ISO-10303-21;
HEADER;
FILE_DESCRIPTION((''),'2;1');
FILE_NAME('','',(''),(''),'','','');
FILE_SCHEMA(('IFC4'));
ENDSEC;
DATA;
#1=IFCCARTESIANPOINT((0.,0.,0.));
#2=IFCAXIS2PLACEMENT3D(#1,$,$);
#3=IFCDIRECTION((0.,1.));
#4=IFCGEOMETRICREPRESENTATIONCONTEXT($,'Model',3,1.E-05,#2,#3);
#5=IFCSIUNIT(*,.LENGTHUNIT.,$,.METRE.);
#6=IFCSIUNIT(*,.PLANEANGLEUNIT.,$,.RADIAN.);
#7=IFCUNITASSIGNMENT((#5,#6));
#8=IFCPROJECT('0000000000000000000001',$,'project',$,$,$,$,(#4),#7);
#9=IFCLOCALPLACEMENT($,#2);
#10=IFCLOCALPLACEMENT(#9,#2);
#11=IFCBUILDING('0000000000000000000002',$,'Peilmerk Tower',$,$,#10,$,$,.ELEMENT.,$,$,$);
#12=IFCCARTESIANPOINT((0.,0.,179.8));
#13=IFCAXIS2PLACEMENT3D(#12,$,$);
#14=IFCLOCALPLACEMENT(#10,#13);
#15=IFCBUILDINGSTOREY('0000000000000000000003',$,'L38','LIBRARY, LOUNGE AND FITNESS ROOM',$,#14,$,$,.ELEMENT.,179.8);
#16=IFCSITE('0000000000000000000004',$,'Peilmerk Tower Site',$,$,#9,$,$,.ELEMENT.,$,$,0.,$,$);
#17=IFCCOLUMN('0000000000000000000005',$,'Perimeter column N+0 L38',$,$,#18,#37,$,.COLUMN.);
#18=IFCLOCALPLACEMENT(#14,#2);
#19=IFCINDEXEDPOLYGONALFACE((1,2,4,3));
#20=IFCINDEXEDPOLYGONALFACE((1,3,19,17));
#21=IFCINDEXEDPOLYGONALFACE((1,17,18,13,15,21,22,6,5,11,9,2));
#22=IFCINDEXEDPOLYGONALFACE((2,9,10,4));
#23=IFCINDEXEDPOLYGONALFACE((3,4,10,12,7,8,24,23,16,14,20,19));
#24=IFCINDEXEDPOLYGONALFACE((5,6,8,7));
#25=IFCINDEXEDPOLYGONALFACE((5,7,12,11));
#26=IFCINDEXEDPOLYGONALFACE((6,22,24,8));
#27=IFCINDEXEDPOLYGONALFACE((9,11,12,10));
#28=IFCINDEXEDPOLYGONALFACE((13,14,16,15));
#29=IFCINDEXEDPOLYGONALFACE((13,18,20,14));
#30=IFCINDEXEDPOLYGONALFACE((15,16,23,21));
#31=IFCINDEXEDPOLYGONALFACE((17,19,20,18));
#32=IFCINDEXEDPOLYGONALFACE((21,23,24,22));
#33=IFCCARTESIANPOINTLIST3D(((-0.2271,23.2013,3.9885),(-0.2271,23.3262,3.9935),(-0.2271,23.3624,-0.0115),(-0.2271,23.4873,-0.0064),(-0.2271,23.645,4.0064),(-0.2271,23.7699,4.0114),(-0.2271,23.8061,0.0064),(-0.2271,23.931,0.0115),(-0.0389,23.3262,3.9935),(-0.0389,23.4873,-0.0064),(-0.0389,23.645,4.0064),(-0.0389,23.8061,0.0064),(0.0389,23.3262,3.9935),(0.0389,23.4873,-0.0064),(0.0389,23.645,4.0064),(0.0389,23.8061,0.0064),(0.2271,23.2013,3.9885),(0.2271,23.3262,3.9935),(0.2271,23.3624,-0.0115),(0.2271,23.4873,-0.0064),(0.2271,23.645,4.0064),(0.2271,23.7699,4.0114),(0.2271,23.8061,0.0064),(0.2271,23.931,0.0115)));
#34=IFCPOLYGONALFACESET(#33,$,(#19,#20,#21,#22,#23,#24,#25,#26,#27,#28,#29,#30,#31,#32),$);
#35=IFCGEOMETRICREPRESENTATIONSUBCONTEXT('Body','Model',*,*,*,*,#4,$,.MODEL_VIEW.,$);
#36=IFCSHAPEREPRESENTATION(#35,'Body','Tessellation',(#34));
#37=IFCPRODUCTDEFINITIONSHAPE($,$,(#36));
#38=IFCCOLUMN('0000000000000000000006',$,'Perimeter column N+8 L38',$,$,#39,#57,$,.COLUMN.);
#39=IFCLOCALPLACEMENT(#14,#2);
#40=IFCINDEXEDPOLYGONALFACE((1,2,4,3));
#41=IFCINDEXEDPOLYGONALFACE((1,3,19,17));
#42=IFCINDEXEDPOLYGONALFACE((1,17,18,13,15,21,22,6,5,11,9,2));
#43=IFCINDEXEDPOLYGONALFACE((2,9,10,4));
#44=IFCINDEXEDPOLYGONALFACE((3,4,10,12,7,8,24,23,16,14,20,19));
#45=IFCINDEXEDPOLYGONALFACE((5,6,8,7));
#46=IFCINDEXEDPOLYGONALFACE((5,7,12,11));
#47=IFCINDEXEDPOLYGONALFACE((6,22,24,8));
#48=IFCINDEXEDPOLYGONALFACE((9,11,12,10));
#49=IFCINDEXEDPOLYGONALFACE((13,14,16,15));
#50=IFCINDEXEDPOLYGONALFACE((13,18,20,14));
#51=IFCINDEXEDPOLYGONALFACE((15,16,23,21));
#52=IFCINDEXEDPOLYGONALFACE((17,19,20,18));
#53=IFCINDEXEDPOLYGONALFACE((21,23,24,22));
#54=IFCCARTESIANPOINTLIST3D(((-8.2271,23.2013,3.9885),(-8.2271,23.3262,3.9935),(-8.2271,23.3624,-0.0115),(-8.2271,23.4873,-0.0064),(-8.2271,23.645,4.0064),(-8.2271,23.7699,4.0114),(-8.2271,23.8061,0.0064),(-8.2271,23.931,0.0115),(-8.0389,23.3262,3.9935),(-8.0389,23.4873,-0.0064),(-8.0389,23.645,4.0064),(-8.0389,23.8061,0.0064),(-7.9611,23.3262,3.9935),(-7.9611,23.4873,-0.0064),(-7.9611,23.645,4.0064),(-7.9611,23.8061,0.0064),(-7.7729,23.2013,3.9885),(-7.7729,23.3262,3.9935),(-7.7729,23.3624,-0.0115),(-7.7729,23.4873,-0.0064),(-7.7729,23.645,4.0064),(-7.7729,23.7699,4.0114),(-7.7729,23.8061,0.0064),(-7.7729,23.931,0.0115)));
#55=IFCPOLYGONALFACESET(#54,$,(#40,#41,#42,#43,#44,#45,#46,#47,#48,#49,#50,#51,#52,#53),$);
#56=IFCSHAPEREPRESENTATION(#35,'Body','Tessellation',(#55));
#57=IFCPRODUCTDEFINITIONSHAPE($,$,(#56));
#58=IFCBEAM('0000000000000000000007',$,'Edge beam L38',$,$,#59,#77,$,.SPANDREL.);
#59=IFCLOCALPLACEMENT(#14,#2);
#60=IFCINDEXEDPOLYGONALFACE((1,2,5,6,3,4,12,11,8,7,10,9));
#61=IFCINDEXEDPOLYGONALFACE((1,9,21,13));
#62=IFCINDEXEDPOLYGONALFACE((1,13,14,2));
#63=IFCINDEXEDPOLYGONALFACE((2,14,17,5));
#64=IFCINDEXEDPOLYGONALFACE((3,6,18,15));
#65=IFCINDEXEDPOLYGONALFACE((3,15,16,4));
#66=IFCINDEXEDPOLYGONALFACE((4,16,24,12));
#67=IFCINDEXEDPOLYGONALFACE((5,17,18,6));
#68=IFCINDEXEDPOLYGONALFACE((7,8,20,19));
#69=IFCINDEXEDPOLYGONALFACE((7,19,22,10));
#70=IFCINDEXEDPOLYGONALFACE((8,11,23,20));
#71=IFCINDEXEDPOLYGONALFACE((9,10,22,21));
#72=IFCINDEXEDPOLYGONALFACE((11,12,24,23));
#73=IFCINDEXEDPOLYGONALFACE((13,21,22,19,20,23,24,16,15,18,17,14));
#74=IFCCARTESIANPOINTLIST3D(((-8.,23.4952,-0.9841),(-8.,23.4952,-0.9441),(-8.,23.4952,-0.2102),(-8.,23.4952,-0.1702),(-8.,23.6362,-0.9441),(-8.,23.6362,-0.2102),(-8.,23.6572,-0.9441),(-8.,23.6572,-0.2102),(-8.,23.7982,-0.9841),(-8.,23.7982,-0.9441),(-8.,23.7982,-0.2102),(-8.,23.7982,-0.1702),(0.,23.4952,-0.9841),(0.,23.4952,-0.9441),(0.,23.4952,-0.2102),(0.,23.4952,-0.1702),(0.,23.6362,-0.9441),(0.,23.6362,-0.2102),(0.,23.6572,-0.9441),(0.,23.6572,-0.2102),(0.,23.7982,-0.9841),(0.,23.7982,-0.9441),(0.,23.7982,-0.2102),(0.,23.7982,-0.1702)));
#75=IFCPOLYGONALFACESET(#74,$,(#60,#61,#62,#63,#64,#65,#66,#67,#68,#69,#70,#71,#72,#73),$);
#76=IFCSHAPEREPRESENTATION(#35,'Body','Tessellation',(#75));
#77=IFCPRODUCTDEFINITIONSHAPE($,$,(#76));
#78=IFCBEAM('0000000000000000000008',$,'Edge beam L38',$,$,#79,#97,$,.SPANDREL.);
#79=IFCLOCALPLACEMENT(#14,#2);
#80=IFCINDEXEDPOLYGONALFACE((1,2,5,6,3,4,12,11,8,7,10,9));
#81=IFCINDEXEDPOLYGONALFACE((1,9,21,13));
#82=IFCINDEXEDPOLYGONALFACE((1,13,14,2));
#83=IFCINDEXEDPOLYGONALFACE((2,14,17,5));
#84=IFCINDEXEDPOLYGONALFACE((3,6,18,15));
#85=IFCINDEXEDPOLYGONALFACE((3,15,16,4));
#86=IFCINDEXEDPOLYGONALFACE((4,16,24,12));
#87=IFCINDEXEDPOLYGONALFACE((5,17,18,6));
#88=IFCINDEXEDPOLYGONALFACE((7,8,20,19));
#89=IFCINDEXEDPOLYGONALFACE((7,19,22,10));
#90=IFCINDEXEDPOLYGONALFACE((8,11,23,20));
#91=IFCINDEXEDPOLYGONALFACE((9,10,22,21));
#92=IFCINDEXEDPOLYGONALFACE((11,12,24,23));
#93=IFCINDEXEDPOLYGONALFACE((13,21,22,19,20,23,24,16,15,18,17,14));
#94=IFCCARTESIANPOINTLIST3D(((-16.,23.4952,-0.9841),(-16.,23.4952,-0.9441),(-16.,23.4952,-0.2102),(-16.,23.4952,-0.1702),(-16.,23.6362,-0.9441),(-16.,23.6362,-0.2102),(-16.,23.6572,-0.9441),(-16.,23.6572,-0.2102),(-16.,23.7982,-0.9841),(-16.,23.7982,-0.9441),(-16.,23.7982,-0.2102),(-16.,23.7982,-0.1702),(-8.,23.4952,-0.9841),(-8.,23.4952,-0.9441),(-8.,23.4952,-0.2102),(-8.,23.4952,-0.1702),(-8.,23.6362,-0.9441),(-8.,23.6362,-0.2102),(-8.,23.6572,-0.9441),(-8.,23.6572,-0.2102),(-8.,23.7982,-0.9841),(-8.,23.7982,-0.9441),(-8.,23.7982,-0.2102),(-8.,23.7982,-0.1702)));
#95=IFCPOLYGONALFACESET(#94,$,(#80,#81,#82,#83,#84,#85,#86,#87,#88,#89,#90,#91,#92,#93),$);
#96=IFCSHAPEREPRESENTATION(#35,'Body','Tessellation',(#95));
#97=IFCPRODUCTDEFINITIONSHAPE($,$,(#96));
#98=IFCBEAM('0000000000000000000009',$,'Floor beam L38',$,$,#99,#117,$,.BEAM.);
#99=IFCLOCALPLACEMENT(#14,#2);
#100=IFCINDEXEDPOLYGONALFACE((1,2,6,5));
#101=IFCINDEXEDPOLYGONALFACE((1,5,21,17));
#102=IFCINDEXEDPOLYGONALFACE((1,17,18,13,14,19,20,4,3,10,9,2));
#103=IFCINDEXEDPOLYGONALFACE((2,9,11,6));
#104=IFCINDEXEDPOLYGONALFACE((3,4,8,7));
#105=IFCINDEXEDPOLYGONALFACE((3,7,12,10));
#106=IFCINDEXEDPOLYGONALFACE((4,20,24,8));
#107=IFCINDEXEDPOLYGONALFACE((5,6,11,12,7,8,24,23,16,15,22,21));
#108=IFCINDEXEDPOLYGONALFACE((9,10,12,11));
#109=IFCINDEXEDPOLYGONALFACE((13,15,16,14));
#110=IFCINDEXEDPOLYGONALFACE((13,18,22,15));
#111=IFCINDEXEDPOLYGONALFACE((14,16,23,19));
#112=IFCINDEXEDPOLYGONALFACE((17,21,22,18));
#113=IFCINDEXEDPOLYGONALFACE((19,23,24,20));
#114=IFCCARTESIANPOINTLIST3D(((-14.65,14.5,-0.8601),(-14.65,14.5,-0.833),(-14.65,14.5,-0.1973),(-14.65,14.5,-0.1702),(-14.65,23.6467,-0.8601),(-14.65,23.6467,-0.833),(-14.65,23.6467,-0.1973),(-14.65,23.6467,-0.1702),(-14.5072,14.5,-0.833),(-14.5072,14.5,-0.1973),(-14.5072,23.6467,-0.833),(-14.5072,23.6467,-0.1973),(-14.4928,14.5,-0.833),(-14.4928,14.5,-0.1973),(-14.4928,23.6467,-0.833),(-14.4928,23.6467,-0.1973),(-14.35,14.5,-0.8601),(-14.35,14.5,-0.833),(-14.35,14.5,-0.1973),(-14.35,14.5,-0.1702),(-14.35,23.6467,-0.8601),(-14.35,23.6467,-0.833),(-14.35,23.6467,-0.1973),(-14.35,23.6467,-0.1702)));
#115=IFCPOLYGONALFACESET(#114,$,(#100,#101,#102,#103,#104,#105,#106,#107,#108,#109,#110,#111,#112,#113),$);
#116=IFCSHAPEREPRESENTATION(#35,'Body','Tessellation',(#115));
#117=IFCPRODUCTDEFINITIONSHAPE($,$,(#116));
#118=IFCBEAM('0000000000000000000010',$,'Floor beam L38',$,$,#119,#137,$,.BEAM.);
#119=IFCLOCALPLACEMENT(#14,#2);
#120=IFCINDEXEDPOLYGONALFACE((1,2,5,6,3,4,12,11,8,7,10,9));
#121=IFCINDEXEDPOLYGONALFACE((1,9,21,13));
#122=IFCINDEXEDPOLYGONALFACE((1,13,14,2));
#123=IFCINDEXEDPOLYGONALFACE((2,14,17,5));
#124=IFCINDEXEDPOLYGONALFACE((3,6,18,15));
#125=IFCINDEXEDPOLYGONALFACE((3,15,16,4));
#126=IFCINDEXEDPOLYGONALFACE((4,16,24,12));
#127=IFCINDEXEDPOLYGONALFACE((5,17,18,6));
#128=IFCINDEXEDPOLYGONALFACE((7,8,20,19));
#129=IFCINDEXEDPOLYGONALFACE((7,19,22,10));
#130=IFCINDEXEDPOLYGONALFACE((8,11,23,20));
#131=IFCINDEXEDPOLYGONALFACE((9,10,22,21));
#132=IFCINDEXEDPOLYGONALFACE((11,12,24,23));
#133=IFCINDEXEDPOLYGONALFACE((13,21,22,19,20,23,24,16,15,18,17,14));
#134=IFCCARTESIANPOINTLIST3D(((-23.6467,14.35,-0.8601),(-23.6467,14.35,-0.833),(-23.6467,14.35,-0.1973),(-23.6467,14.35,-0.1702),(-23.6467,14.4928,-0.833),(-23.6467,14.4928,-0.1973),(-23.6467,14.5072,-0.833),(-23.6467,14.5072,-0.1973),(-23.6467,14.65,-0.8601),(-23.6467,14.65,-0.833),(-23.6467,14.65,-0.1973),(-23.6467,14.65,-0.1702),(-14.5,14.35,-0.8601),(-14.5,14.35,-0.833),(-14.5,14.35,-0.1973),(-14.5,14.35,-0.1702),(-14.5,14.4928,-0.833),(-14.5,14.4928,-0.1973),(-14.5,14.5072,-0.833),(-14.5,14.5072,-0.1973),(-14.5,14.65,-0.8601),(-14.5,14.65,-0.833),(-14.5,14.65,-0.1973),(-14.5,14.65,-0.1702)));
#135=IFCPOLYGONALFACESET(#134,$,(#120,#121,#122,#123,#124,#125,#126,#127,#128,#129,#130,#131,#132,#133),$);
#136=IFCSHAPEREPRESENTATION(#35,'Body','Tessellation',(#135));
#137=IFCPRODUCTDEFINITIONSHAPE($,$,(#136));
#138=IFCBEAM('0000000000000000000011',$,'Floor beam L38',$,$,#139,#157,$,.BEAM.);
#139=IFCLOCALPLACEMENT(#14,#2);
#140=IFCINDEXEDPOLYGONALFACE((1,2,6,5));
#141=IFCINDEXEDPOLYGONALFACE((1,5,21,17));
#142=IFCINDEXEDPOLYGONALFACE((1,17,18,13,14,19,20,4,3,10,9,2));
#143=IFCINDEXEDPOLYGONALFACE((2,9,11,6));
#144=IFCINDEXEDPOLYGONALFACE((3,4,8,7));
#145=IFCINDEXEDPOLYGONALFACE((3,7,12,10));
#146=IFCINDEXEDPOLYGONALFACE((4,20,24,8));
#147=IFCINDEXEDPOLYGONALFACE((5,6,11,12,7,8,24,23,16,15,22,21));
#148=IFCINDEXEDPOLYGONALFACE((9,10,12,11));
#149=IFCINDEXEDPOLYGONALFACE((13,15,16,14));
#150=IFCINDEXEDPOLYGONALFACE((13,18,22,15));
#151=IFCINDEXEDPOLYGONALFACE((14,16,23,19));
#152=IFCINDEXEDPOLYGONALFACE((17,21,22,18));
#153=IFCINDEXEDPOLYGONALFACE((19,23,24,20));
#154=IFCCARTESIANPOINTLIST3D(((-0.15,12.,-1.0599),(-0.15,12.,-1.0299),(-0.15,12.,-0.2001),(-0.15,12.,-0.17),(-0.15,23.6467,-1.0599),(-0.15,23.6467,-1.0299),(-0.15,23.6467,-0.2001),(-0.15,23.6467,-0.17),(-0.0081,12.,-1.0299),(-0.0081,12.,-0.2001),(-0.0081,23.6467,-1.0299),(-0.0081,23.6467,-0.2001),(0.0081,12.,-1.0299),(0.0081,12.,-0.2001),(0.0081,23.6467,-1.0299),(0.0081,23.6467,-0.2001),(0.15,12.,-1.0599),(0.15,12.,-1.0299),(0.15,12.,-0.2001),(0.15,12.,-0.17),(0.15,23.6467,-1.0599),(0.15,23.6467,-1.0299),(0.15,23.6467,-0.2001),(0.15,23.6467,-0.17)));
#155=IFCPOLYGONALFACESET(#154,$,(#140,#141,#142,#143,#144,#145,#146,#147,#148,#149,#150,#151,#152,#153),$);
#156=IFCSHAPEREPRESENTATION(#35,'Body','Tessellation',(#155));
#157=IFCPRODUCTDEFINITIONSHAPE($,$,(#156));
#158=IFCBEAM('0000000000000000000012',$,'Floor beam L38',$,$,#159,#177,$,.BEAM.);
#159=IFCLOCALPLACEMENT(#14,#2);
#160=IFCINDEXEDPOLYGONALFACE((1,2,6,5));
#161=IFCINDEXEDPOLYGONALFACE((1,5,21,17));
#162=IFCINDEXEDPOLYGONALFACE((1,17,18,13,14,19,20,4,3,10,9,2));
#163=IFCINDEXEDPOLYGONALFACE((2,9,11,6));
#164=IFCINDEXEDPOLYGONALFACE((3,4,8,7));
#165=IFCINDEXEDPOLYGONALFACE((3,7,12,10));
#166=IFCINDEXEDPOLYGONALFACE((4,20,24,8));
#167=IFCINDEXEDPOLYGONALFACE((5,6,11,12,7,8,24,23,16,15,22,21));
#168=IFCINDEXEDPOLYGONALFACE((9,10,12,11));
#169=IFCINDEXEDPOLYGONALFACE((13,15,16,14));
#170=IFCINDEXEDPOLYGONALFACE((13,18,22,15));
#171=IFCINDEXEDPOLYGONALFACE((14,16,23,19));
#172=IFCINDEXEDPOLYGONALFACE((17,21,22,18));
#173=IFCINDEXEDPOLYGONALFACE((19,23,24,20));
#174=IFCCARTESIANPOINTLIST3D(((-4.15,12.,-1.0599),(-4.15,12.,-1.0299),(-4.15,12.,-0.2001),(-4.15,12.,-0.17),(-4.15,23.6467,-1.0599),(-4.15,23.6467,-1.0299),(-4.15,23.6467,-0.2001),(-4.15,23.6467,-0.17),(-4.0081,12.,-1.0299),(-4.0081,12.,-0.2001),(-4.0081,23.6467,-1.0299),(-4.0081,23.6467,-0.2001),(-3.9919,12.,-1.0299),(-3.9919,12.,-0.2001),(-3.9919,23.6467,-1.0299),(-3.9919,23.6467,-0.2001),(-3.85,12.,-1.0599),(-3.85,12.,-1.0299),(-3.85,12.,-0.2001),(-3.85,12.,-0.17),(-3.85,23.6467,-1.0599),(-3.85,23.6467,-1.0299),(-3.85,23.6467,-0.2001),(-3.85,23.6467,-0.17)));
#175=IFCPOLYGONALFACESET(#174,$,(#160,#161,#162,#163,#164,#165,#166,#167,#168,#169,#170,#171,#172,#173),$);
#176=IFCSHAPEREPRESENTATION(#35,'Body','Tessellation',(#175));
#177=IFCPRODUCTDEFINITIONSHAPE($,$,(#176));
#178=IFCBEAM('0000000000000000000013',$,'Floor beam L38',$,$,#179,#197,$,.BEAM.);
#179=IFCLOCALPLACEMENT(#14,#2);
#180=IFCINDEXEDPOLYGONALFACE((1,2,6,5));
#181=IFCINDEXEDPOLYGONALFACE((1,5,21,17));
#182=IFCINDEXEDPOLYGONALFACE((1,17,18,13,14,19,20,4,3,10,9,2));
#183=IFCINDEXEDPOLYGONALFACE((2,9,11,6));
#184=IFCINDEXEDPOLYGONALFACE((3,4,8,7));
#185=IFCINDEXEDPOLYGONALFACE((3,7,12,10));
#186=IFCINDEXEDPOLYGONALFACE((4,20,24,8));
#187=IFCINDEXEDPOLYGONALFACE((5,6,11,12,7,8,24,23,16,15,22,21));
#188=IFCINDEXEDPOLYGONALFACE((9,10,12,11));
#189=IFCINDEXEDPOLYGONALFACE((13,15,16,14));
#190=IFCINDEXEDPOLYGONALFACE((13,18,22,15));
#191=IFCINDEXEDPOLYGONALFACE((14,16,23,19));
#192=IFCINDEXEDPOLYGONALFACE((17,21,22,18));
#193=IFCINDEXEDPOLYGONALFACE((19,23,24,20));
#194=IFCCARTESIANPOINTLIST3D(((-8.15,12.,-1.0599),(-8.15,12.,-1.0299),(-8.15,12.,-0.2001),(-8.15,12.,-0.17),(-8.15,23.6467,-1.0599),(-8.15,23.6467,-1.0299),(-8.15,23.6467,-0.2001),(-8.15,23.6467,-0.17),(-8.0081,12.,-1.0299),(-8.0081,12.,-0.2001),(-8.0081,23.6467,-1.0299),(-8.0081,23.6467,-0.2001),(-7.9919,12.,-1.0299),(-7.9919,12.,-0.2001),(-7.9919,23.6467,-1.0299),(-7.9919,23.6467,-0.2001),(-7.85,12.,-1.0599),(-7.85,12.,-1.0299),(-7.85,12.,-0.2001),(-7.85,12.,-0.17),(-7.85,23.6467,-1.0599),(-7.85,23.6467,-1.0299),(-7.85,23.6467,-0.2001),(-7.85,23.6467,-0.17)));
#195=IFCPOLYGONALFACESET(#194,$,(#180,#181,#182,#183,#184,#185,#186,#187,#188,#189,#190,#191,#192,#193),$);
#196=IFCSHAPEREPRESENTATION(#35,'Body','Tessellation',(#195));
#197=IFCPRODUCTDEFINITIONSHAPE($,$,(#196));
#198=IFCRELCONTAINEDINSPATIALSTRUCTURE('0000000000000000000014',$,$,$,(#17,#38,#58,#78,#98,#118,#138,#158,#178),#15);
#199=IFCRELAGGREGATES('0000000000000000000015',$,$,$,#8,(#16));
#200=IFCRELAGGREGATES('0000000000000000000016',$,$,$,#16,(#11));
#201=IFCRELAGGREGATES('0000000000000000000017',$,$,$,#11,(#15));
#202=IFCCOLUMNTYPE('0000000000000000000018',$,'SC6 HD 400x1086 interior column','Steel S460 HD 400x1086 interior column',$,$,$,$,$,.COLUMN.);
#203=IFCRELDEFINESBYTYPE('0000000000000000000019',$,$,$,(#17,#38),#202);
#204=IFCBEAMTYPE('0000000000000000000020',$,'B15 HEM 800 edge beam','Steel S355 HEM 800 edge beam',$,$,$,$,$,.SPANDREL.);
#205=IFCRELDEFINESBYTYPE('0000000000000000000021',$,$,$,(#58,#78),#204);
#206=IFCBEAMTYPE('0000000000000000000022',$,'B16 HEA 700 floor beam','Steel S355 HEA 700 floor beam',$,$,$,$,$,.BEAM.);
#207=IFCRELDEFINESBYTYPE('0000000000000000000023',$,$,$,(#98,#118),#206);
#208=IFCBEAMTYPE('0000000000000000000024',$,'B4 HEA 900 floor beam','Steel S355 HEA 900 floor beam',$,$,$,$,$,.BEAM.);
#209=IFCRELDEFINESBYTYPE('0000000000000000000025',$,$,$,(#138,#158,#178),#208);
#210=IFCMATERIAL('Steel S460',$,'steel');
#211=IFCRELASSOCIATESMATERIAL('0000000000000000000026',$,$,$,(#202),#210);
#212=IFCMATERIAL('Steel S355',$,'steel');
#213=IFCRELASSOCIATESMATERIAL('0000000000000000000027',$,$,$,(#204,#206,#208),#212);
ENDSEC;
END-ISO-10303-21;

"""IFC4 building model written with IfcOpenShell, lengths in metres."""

from ifc_helpers import new_model, si_unit, direction, frame, origin, origin_2d, place, context, subcontext, project, spatial, i_section, extrude, material, material_profile, profile_set, type_object, element, save


model = new_model("IFC4")

# Units and contexts
model_context = context("Model", 3, precision=1e-05, world=origin(), true_north=direction((0.0, 1.0)))
body_context = subcontext(model_context, "Body", "Model", "MODEL_VIEW")
ifc_project = project(units=[si_unit("LENGTHUNIT", "METRE"), si_unit("PLANEANGLEUNIT", "RADIAN")], contexts=[model_context])

# Site, building, storey
site_placement = place(None, origin())
site = spatial("IfcSite", under=ifc_project, at=site_placement, Name="Peilmerk Tower Site", CompositionType="ELEMENT", RefElevation=0.0)
building_placement = place(site_placement, origin())
building = spatial("IfcBuilding", under=site, at=building_placement, Name="Peilmerk Tower", CompositionType="ELEMENT")
storey_placement = place(building_placement, frame((0.0, 0.0, 179.8)))
storey = spatial("IfcBuildingStorey", under=building, at=storey_placement, Name="L38", Description="LIBRARY, LOUNGE AND FITNESS ROOM", CompositionType="ELEMENT", Elevation=179.8)

# Columns
ifc_material_1 = material(Name="Steel S460", Category="steel")
ifc_material_profile_1 = material_profile(ifc_material_1, i_section(OverallWidth=0.4541, OverallDepth=0.5691, WebThickness=0.0779, FlangeThickness=0.125, at=origin_2d()), Name="HD 400x1086")
ifc_profile_set_1 = profile_set([ifc_material_profile_1], Name="Steel S460")
column_type = type_object("IfcColumnType", Name="SC6 HD 400x1086 interior column", Description="Steel S460 HD 400x1086 interior column", PredefinedType="COLUMN", material=ifc_profile_set_1)
for number, where, z_axis, x_axis, name in (
    (1, (0.0, 23.6467, 0.0), (0.0, -0.040251, 0.99919), (1.0, 0.0, 0.0), "Perimeter column N+0 L38"),
    (2, (-8.0, 23.6467, 0.0), (0.0, -0.040251, 0.99919), (1.0, 0.0, 0.0), "Perimeter column N+8 L38"),
):
    element("IfcColumn", number, at=place(storey_placement, frame(where, z_axis=z_axis, x_axis=x_axis)), inside=storey, type_object=column_type, Name=name, PredefinedType="COLUMN", context=body_context, shape_type="SweptSolid", body=[
        extrude(i_section(OverallWidth=0.4541, OverallDepth=0.5691, WebThickness=0.0779, FlangeThickness=0.125, at=origin_2d()), origin(), (0.0, 0.0, 1.0), 4.0032),
    ])

# Beams
ifc_material_2 = material(Name="Steel S355", Category="steel")
ifc_material_profile_2 = material_profile(ifc_material_2, i_section(OverallWidth=0.303, OverallDepth=0.814, WebThickness=0.021, FlangeThickness=0.04, at=origin_2d()), Name="HEM 800")
ifc_profile_set_2 = profile_set([ifc_material_profile_2], Name="Steel S355")
beam_type_1 = type_object("IfcBeamType", Name="B15 HEM 800 edge beam", Description="Steel S355 HEM 800 edge beam", PredefinedType="SPANDREL", material=ifc_profile_set_2)
for number, where, z_axis, x_axis, name in (
    (3, (0.0, 23.6467, -0.5771), (-1.0, 0.0, 0.0), (0.0, -1.0, 0.0), "Edge beam L38"),
    (4, (-8.0, 23.6467, -0.5771), (-1.0, 0.0, 0.0), (0.0, -1.0, 0.0), "Edge beam L38"),
):
    element("IfcBeam", number, at=place(storey_placement, frame(where, z_axis=z_axis, x_axis=x_axis)), inside=storey, type_object=beam_type_1, Name=name, PredefinedType="SPANDREL", context=body_context, shape_type="SweptSolid", body=[
        extrude(i_section(OverallWidth=0.303, OverallDepth=0.814, WebThickness=0.021, FlangeThickness=0.04, at=origin_2d()), origin(), (0.0, 0.0, 1.0), 8.0),
    ])
ifc_material_profile_3 = material_profile(ifc_material_2, i_section(OverallWidth=0.3, OverallDepth=0.6899, WebThickness=0.0144, FlangeThickness=0.0271, at=origin_2d()), Name="HEA 700")
ifc_profile_set_3 = profile_set([ifc_material_profile_3], Name="Steel S355")
beam_type_2 = type_object("IfcBeamType", Name="B16 HEA 700 floor beam", Description="Steel S355 HEA 700 floor beam", PredefinedType="BEAM", material=ifc_profile_set_3)
for number, where, z_axis, x_axis, name in (
    (5, (-14.5, 14.5, -0.5151), (0.0, 1.0, 0.0), (-1.0, 0.0, 0.0), "Floor beam L38"),
    (6, (-14.5, 14.5, -0.5151), (-1.0, 0.0, 0.0), (0.0, -1.0, 0.0), "Floor beam L38"),
):
    element("IfcBeam", number, at=place(storey_placement, frame(where, z_axis=z_axis, x_axis=x_axis)), inside=storey, type_object=beam_type_2, Name=name, PredefinedType="BEAM", context=body_context, shape_type="SweptSolid", body=[
        extrude(i_section(OverallWidth=0.3, OverallDepth=0.6899, WebThickness=0.0144, FlangeThickness=0.0271, at=origin_2d()), origin(), (0.0, 0.0, 1.0), 9.1467),
    ])
ifc_material_profile_4 = material_profile(ifc_material_2, i_section(OverallWidth=0.3, OverallDepth=0.8899, WebThickness=0.0161, FlangeThickness=0.03, at=origin_2d()), Name="HEA 900")
ifc_profile_set_4 = profile_set([ifc_material_profile_4], Name="Steel S355")
beam_type_3 = type_object("IfcBeamType", Name="B4 HEA 900 floor beam", Description="Steel S355 HEA 900 floor beam", PredefinedType="BEAM", material=ifc_profile_set_4)
for number, where, z_axis, x_axis, name in (
    (7, (0.0, 12.0, -0.615), (0.0, 1.0, 0.0), (-1.0, 0.0, 0.0), "Floor beam L38"),
    (8, (-4.0, 12.0, -0.615), (0.0, 1.0, 0.0), (-1.0, 0.0, 0.0), "Floor beam L38"),
    (9, (-8.0, 12.0, -0.615), (0.0, 1.0, 0.0), (-1.0, 0.0, 0.0), "Floor beam L38"),
):
    element("IfcBeam", number, at=place(storey_placement, frame(where, z_axis=z_axis, x_axis=x_axis)), inside=storey, type_object=beam_type_3, Name=name, PredefinedType="BEAM", context=body_context, shape_type="SweptSolid", body=[
        extrude(i_section(OverallWidth=0.3, OverallDepth=0.8899, WebThickness=0.0161, FlangeThickness=0.03, at=origin_2d()), origin(), (0.0, 0.0, 1.0), 11.6467),
    ])

save(model, "model.ifc")
